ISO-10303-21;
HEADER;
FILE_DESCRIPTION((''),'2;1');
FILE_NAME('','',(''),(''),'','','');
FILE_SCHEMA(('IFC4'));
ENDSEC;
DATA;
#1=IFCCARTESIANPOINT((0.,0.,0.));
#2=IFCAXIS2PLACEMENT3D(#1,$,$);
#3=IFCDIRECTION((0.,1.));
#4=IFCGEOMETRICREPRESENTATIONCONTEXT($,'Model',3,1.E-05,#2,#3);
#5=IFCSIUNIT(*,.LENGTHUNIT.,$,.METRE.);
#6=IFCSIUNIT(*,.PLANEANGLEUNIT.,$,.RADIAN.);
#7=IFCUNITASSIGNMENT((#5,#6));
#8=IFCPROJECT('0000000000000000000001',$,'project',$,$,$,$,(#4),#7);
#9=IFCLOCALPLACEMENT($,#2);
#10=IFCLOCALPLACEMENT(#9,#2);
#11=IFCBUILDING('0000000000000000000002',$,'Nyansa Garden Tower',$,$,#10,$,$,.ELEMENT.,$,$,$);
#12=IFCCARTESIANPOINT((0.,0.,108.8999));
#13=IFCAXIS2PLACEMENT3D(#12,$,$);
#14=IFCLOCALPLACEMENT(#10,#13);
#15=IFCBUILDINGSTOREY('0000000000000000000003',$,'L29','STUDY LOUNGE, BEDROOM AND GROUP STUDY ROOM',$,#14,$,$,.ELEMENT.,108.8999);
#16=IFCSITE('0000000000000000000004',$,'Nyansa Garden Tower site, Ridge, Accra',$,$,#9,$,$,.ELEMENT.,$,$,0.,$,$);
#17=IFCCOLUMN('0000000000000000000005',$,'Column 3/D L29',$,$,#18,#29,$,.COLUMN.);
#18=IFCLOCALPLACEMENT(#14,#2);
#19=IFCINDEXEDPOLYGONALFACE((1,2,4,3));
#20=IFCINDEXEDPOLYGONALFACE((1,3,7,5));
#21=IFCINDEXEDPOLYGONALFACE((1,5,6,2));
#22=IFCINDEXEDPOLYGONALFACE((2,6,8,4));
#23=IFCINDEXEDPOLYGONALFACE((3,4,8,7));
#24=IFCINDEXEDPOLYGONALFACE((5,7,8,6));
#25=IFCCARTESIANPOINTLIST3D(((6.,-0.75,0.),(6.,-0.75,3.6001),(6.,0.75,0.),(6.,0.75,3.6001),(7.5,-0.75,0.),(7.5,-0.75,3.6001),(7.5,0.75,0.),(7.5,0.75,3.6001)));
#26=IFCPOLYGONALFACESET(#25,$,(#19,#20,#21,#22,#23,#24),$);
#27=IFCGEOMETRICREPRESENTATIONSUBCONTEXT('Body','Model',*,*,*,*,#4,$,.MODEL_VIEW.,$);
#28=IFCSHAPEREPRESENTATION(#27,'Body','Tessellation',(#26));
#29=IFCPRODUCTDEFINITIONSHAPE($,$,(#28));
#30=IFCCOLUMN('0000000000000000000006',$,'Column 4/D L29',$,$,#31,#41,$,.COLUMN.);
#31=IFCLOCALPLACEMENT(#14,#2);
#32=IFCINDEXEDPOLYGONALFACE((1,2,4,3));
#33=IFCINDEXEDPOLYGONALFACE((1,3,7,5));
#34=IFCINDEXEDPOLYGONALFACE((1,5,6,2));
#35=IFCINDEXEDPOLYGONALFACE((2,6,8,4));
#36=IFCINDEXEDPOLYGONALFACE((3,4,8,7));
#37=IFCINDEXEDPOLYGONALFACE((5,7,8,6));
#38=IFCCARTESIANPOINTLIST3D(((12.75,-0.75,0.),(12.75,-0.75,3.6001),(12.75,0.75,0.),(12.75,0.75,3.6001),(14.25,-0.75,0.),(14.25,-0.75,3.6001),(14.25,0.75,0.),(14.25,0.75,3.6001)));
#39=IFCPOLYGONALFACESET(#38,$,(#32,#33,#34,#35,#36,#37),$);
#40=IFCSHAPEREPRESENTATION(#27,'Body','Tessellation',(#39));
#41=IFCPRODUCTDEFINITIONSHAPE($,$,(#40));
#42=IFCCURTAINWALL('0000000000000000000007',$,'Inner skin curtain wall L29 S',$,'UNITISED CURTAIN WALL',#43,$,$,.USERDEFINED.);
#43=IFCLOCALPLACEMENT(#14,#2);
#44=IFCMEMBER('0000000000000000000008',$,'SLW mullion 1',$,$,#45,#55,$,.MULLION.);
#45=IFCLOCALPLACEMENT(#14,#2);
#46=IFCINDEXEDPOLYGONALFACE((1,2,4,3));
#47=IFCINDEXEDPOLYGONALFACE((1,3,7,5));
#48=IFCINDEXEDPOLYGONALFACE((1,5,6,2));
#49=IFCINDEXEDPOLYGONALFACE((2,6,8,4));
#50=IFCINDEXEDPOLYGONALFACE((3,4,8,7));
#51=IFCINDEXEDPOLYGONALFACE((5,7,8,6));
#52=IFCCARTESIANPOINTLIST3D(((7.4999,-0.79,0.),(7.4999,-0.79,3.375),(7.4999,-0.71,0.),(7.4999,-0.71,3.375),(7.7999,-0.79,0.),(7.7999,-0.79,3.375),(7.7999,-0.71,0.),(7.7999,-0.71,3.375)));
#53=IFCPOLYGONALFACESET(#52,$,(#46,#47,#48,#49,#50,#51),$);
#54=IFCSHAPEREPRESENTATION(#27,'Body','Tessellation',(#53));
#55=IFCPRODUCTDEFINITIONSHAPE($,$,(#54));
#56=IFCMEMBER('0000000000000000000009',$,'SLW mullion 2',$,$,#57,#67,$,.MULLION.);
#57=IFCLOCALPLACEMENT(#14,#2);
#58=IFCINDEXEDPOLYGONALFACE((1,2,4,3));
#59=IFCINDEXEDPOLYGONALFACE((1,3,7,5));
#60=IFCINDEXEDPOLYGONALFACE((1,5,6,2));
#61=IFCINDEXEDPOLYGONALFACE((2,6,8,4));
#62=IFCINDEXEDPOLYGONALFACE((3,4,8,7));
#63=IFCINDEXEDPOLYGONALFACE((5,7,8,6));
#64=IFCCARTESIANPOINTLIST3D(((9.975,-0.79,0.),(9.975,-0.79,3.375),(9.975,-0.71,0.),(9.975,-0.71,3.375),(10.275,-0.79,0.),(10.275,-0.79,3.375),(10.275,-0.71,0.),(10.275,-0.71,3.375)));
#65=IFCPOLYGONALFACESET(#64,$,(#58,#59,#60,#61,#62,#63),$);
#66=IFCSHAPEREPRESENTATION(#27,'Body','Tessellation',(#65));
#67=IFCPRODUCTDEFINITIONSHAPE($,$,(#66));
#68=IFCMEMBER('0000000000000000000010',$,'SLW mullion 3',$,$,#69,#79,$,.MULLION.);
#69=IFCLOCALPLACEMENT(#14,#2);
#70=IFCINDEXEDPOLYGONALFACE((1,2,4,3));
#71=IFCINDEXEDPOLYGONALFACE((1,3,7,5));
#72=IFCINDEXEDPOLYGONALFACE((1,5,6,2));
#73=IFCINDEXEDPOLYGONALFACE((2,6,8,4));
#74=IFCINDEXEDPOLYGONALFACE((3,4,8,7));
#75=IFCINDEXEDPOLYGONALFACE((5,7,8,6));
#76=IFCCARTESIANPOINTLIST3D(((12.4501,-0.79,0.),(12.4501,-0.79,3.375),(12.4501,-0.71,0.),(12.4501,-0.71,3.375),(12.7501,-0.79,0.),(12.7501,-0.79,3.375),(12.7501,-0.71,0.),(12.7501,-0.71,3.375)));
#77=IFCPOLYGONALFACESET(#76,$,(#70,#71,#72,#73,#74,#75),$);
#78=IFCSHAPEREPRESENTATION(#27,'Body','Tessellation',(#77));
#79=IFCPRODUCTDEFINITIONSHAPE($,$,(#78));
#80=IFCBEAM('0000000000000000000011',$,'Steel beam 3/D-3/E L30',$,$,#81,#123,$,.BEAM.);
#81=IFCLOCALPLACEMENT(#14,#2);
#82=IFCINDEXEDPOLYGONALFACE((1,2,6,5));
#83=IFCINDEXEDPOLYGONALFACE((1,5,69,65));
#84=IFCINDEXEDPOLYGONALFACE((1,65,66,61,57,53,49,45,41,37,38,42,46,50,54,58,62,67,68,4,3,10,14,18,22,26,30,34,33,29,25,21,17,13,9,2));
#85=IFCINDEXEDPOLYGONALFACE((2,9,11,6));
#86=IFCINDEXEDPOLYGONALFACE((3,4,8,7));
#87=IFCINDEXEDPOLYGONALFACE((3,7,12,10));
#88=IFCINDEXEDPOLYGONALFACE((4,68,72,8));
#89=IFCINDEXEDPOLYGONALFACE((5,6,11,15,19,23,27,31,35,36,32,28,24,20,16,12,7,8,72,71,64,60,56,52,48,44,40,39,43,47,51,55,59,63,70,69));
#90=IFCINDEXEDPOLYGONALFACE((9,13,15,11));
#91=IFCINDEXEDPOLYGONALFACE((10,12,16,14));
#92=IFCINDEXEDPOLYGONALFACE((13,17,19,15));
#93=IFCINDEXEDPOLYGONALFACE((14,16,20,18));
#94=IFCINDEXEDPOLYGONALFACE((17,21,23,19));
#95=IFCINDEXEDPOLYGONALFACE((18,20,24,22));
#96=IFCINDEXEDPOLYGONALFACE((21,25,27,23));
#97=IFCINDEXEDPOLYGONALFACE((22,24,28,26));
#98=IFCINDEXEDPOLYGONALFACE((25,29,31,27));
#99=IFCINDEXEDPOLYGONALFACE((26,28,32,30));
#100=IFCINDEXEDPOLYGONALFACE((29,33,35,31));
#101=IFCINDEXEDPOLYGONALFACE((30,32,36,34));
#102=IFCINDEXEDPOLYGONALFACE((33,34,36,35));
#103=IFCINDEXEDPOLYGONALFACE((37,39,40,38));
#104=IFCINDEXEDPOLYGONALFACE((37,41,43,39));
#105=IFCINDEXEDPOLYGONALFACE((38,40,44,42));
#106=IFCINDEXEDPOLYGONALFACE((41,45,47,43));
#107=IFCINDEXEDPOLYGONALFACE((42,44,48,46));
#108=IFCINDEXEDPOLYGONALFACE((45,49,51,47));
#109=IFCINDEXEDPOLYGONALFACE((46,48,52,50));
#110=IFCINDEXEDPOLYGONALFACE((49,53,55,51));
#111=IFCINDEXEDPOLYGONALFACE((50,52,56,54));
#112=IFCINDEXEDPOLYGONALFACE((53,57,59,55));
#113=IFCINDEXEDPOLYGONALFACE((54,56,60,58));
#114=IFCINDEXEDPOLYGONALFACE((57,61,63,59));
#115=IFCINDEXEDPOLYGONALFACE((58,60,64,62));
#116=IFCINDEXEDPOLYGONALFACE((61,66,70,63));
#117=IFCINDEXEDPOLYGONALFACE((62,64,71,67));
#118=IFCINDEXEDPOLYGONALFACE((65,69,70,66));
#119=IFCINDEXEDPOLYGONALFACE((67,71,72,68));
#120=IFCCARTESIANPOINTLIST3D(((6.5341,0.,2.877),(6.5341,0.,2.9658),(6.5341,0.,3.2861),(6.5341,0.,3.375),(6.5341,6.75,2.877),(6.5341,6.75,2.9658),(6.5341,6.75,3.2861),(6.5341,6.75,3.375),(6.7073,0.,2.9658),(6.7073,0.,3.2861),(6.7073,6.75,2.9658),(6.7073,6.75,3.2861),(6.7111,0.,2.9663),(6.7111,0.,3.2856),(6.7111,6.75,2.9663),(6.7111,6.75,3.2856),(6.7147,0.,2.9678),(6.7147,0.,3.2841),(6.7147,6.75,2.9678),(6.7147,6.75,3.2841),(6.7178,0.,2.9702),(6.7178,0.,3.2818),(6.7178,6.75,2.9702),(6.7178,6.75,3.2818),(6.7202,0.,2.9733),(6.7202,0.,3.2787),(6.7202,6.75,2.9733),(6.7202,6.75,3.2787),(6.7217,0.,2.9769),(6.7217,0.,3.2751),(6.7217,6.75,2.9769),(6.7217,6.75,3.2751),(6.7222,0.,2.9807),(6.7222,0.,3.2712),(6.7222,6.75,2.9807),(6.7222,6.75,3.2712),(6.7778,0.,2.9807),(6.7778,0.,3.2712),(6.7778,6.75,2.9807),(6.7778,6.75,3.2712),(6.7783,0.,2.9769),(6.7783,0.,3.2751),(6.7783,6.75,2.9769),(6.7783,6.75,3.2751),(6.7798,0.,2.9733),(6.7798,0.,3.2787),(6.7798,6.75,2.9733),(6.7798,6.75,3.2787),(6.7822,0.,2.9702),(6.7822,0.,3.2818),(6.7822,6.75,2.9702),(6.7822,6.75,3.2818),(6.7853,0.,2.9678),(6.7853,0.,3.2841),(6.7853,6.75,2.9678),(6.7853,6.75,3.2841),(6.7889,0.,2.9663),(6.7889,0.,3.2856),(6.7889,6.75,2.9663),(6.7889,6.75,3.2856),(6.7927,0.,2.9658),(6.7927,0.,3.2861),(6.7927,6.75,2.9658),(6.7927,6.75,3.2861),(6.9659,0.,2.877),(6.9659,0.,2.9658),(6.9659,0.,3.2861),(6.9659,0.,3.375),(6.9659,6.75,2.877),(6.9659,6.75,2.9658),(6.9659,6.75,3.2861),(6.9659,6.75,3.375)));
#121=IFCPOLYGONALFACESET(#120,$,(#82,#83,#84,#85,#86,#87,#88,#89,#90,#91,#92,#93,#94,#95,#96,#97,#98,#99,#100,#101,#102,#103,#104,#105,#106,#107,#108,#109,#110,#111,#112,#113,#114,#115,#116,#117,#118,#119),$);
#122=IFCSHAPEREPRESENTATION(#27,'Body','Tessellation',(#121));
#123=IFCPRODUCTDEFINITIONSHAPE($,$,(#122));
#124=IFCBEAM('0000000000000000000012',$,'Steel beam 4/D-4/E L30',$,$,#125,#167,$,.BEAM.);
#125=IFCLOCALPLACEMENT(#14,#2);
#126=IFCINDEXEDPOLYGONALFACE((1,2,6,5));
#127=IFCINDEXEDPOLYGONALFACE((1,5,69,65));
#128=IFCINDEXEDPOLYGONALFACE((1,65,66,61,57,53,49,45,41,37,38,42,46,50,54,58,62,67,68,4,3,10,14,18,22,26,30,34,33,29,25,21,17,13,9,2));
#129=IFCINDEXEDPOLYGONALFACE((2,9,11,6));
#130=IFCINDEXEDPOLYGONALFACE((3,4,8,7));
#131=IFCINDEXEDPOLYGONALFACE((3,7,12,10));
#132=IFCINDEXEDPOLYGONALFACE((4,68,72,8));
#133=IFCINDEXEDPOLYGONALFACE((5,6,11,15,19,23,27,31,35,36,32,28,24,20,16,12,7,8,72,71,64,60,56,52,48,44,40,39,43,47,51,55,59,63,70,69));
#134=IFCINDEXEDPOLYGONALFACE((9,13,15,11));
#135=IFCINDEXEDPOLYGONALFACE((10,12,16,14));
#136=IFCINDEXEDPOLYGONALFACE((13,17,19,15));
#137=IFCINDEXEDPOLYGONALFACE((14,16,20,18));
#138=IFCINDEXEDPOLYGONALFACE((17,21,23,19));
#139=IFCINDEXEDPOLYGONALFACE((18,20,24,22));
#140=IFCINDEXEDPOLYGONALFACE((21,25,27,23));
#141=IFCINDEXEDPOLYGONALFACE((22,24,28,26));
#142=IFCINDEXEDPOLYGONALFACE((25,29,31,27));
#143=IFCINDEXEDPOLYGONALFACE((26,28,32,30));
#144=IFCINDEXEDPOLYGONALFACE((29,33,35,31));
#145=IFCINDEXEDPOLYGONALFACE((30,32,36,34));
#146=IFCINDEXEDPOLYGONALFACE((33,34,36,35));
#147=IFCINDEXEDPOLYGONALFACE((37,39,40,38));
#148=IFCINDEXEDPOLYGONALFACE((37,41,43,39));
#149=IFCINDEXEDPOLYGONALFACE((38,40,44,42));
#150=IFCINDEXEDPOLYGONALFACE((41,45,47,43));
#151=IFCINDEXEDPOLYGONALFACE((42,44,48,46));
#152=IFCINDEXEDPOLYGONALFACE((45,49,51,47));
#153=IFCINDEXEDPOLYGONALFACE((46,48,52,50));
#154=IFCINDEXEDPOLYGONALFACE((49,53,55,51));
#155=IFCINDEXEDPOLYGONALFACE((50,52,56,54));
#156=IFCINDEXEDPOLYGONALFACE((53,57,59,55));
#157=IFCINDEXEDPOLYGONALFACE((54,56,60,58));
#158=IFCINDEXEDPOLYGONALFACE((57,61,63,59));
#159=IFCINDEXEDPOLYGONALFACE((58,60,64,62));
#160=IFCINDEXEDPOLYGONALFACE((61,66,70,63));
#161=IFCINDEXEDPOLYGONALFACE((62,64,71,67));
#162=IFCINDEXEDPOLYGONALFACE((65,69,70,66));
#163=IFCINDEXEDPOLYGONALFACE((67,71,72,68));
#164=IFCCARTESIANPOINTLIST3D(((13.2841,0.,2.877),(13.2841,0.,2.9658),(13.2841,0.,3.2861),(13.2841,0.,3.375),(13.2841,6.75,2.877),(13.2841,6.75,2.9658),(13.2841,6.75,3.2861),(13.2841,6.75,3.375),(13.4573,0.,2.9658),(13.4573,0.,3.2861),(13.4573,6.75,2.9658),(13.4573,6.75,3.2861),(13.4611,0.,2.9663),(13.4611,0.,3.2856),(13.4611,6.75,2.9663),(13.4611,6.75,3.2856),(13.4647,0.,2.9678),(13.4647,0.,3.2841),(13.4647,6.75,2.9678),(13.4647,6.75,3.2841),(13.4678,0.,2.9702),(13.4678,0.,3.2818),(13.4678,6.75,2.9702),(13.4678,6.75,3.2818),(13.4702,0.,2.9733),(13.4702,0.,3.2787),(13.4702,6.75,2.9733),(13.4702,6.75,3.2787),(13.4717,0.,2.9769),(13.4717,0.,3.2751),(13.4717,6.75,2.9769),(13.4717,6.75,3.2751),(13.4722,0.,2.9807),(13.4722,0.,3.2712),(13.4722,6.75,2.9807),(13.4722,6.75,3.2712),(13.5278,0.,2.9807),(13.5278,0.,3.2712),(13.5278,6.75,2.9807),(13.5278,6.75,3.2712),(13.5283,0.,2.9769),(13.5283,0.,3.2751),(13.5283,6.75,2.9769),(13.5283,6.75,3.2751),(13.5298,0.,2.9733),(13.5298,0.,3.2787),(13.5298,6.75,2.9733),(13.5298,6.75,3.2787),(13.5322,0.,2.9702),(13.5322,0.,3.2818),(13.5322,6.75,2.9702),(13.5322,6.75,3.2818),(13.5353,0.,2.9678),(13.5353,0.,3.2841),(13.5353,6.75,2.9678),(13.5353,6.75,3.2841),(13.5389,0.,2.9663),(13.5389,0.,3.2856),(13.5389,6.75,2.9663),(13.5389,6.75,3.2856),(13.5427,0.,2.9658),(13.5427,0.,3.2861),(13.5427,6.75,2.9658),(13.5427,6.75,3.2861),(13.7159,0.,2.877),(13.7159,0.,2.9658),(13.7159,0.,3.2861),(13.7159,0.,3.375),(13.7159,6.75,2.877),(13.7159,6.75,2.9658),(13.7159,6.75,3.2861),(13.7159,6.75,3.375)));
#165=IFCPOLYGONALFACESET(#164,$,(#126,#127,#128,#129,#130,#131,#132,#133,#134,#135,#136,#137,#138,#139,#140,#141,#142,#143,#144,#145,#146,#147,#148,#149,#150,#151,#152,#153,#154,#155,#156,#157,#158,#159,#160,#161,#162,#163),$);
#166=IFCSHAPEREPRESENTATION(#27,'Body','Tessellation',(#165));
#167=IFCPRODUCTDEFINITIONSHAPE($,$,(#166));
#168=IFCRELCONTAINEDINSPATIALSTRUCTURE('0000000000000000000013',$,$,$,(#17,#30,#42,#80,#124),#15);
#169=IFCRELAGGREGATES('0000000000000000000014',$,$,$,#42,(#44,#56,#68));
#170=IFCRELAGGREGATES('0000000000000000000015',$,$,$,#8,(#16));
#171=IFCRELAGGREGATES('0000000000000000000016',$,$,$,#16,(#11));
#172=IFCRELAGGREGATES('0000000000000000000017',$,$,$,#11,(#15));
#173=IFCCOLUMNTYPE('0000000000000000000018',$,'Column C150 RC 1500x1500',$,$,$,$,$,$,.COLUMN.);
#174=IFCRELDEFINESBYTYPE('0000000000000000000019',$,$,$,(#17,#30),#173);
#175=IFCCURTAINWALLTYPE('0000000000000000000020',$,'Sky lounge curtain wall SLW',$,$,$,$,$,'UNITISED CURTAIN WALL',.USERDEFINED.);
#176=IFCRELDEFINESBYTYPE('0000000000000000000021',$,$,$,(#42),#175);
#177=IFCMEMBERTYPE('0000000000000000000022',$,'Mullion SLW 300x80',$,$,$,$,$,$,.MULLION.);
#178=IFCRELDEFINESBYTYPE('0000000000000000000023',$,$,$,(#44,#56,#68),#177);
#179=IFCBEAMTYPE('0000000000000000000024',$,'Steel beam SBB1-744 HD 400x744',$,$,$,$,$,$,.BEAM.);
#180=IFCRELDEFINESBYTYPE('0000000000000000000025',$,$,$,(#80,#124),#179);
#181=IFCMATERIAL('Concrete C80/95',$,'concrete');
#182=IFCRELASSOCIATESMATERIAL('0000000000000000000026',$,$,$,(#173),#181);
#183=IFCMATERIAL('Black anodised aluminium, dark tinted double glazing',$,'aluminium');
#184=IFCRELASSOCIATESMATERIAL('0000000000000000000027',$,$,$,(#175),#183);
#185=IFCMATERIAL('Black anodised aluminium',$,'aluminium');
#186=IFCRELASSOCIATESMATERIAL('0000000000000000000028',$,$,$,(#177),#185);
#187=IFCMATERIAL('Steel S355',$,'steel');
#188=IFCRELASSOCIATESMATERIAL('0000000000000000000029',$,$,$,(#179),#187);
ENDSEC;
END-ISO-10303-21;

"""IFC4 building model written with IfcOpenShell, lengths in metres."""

from ifc_helpers import new_model, si_unit, direction, frame, origin, origin_2d, place, context, subcontext, project, spatial, rectangle, i_section, extrude, material, material_profile, profile_set, type_object, element, aggregate, save


model = new_model("IFC4")

# Units and contexts
model_context = context("Model", 3, precision=1e-05, world=origin(), true_north=direction((0.0, 1.0)))
body_context = subcontext(model_context, "Body", "Model", "MODEL_VIEW")
ifc_project = project(units=[si_unit("LENGTHUNIT", "METRE"), si_unit("PLANEANGLEUNIT", "RADIAN")], contexts=[model_context])

# Site, building, storey
site_placement = place(None, origin())
site = spatial("IfcSite", under=ifc_project, at=site_placement, Name="Nyansa Garden Tower site, Ridge, Accra", CompositionType="ELEMENT", RefElevation=0.0)
building_placement = place(site_placement, origin())
building = spatial("IfcBuilding", under=site, at=building_placement, Name="Nyansa Garden Tower", CompositionType="ELEMENT")
storey_placement = place(building_placement, frame((0.0, 0.0, 108.8999)))
storey = spatial("IfcBuildingStorey", under=building, at=storey_placement, Name="L29", Description="STUDY LOUNGE, BEDROOM AND GROUP STUDY ROOM", CompositionType="ELEMENT", Elevation=108.8999)

# Columns
ifc_material_1 = material(Name="Concrete C80/95", Category="concrete")
ifc_material_profile_1 = material_profile(ifc_material_1, rectangle(XDim=1.5, YDim=1.5, at=origin_2d()), Name="RC 1500x1500")
ifc_profile_set_1 = profile_set([ifc_material_profile_1], Name="Concrete C80/95")
column_type = type_object("IfcColumnType", Name="Column C150 RC 1500x1500", PredefinedType="COLUMN", material=ifc_profile_set_1)
for number, where, z_axis, x_axis, name in (
    (1, (6.75, 0.0, 0.0), (0.0, 0.0, 1.0), (1.0, 0.0, 0.0), "Column 3/D L29"),
    (2, (13.5, 0.0, 0.0), (0.0, 0.0, 1.0), (1.0, 0.0, 0.0), "Column 4/D L29"),
):
    element("IfcColumn", number, at=place(storey_placement, frame(where, z_axis=z_axis, x_axis=x_axis)), inside=storey, type_object=column_type, Name=name, PredefinedType="COLUMN", context=body_context, shape_type="SweptSolid", body=[
        extrude(rectangle(XDim=1.5, YDim=1.5, at=origin_2d()), origin(), (0.0, 0.0, 1.0), 3.6001),
    ])

# Curtain wall, members
ifc_material_2 = material(Name="Black anodised aluminium, dark tinted double glazing", Category="aluminium")
curtain_wall_type = type_object("IfcCurtainWallType", Name="Sky lounge curtain wall SLW", ElementType="UNITISED CURTAIN WALL", PredefinedType="USERDEFINED", material=ifc_material_2)
curtain_wall_placement = place(storey_placement, origin())
curtain_wall = element("IfcCurtainWall", 3, at=curtain_wall_placement, inside=storey, type_object=curtain_wall_type, Name="Inner skin curtain wall L29 S", ObjectType="UNITISED CURTAIN WALL", PredefinedType="USERDEFINED")
ifc_material_3 = material(Name="Black anodised aluminium", Category="aluminium")
ifc_material_profile_2 = material_profile(ifc_material_3, rectangle(XDim=0.0801, YDim=0.3, at=origin_2d()), Name="Mullion 300x80")
ifc_profile_set_2 = profile_set([ifc_material_profile_2], Name="Black anodised aluminium")
member_type_1 = type_object("IfcMemberType", Name="Mullion SLW 300x80", PredefinedType="MULLION", material=ifc_profile_set_2)
member_1_placement = place(storey_placement, frame((7.6499, -0.75, 0.0), z_axis=(0.0, 0.0, 1.0), x_axis=(0.0, 1.0, 0.0)))
member_1 = element("IfcMember", 4, at=member_1_placement, type_object=member_type_1, Name="SLW mullion 1", PredefinedType="MULLION", context=body_context, shape_type="SweptSolid", body=[
    extrude(rectangle(XDim=0.0801, YDim=0.3, at=origin_2d()), origin(), (0.0, 0.0, 1.0), 3.375),
])
member_2_placement = place(storey_placement, frame((10.125, -0.75, 0.0), z_axis=(0.0, 0.0, 1.0), x_axis=(0.0, 1.0, 0.0)))
member_2 = element("IfcMember", 5, at=member_2_placement, type_object=member_type_1, Name="SLW mullion 2", PredefinedType="MULLION", context=body_context, shape_type="SweptSolid", body=[
    extrude(rectangle(XDim=0.0801, YDim=0.3, at=origin_2d()), origin(), (0.0, 0.0, 1.0), 3.375),
])
member_3_placement = place(storey_placement, frame((12.6001, -0.75, 0.0), z_axis=(0.0, 0.0, 1.0), x_axis=(0.0, 1.0, 0.0)))
member_3 = element("IfcMember", 6, at=member_3_placement, type_object=member_type_1, Name="SLW mullion 3", PredefinedType="MULLION", context=body_context, shape_type="SweptSolid", body=[
    extrude(rectangle(XDim=0.0801, YDim=0.3, at=origin_2d()), origin(), (0.0, 0.0, 1.0), 3.375),
])

# Beams
ifc_material_4 = material(Name="Steel S355", Category="steel")
ifc_material_profile_3 = material_profile(ifc_material_4, i_section(OverallWidth=0.4319, OverallDepth=0.498, WebThickness=0.0557, FlangeThickness=0.0889, FilletRadius=0.0149, at=origin_2d()), Name="HD 400x744")
ifc_profile_set_3 = profile_set([ifc_material_profile_3], Name="Steel S355")
beam_type_1 = type_object("IfcBeamType", Name="Steel beam SBB1-744 HD 400x744", PredefinedType="BEAM", material=ifc_profile_set_3)
for number, where, z_axis, x_axis, name in (
    (7, (6.75, 0.0, 3.126), (0.0, 1.0, 0.0), (-1.0, 0.0, 0.0), "Steel beam 3/D-3/E L30"),
    (8, (13.5, 0.0, 3.126), (0.0, 1.0, 0.0), (-1.0, 0.0, 0.0), "Steel beam 4/D-4/E L30"),
):
    element("IfcBeam", number, at=place(storey_placement, frame(where, z_axis=z_axis, x_axis=x_axis)), inside=storey, type_object=beam_type_1, Name=name, PredefinedType="BEAM", context=body_context, shape_type="SweptSolid", body=[
        extrude(i_section(OverallWidth=0.4319, OverallDepth=0.498, WebThickness=0.0557, FlangeThickness=0.0889, FilletRadius=0.0149, at=origin_2d()), origin(), (0.0, 0.0, 1.0), 6.75),
    ])

aggregate(curtain_wall, [member_1, member_2, member_3])

save(model, "model.ifc")
